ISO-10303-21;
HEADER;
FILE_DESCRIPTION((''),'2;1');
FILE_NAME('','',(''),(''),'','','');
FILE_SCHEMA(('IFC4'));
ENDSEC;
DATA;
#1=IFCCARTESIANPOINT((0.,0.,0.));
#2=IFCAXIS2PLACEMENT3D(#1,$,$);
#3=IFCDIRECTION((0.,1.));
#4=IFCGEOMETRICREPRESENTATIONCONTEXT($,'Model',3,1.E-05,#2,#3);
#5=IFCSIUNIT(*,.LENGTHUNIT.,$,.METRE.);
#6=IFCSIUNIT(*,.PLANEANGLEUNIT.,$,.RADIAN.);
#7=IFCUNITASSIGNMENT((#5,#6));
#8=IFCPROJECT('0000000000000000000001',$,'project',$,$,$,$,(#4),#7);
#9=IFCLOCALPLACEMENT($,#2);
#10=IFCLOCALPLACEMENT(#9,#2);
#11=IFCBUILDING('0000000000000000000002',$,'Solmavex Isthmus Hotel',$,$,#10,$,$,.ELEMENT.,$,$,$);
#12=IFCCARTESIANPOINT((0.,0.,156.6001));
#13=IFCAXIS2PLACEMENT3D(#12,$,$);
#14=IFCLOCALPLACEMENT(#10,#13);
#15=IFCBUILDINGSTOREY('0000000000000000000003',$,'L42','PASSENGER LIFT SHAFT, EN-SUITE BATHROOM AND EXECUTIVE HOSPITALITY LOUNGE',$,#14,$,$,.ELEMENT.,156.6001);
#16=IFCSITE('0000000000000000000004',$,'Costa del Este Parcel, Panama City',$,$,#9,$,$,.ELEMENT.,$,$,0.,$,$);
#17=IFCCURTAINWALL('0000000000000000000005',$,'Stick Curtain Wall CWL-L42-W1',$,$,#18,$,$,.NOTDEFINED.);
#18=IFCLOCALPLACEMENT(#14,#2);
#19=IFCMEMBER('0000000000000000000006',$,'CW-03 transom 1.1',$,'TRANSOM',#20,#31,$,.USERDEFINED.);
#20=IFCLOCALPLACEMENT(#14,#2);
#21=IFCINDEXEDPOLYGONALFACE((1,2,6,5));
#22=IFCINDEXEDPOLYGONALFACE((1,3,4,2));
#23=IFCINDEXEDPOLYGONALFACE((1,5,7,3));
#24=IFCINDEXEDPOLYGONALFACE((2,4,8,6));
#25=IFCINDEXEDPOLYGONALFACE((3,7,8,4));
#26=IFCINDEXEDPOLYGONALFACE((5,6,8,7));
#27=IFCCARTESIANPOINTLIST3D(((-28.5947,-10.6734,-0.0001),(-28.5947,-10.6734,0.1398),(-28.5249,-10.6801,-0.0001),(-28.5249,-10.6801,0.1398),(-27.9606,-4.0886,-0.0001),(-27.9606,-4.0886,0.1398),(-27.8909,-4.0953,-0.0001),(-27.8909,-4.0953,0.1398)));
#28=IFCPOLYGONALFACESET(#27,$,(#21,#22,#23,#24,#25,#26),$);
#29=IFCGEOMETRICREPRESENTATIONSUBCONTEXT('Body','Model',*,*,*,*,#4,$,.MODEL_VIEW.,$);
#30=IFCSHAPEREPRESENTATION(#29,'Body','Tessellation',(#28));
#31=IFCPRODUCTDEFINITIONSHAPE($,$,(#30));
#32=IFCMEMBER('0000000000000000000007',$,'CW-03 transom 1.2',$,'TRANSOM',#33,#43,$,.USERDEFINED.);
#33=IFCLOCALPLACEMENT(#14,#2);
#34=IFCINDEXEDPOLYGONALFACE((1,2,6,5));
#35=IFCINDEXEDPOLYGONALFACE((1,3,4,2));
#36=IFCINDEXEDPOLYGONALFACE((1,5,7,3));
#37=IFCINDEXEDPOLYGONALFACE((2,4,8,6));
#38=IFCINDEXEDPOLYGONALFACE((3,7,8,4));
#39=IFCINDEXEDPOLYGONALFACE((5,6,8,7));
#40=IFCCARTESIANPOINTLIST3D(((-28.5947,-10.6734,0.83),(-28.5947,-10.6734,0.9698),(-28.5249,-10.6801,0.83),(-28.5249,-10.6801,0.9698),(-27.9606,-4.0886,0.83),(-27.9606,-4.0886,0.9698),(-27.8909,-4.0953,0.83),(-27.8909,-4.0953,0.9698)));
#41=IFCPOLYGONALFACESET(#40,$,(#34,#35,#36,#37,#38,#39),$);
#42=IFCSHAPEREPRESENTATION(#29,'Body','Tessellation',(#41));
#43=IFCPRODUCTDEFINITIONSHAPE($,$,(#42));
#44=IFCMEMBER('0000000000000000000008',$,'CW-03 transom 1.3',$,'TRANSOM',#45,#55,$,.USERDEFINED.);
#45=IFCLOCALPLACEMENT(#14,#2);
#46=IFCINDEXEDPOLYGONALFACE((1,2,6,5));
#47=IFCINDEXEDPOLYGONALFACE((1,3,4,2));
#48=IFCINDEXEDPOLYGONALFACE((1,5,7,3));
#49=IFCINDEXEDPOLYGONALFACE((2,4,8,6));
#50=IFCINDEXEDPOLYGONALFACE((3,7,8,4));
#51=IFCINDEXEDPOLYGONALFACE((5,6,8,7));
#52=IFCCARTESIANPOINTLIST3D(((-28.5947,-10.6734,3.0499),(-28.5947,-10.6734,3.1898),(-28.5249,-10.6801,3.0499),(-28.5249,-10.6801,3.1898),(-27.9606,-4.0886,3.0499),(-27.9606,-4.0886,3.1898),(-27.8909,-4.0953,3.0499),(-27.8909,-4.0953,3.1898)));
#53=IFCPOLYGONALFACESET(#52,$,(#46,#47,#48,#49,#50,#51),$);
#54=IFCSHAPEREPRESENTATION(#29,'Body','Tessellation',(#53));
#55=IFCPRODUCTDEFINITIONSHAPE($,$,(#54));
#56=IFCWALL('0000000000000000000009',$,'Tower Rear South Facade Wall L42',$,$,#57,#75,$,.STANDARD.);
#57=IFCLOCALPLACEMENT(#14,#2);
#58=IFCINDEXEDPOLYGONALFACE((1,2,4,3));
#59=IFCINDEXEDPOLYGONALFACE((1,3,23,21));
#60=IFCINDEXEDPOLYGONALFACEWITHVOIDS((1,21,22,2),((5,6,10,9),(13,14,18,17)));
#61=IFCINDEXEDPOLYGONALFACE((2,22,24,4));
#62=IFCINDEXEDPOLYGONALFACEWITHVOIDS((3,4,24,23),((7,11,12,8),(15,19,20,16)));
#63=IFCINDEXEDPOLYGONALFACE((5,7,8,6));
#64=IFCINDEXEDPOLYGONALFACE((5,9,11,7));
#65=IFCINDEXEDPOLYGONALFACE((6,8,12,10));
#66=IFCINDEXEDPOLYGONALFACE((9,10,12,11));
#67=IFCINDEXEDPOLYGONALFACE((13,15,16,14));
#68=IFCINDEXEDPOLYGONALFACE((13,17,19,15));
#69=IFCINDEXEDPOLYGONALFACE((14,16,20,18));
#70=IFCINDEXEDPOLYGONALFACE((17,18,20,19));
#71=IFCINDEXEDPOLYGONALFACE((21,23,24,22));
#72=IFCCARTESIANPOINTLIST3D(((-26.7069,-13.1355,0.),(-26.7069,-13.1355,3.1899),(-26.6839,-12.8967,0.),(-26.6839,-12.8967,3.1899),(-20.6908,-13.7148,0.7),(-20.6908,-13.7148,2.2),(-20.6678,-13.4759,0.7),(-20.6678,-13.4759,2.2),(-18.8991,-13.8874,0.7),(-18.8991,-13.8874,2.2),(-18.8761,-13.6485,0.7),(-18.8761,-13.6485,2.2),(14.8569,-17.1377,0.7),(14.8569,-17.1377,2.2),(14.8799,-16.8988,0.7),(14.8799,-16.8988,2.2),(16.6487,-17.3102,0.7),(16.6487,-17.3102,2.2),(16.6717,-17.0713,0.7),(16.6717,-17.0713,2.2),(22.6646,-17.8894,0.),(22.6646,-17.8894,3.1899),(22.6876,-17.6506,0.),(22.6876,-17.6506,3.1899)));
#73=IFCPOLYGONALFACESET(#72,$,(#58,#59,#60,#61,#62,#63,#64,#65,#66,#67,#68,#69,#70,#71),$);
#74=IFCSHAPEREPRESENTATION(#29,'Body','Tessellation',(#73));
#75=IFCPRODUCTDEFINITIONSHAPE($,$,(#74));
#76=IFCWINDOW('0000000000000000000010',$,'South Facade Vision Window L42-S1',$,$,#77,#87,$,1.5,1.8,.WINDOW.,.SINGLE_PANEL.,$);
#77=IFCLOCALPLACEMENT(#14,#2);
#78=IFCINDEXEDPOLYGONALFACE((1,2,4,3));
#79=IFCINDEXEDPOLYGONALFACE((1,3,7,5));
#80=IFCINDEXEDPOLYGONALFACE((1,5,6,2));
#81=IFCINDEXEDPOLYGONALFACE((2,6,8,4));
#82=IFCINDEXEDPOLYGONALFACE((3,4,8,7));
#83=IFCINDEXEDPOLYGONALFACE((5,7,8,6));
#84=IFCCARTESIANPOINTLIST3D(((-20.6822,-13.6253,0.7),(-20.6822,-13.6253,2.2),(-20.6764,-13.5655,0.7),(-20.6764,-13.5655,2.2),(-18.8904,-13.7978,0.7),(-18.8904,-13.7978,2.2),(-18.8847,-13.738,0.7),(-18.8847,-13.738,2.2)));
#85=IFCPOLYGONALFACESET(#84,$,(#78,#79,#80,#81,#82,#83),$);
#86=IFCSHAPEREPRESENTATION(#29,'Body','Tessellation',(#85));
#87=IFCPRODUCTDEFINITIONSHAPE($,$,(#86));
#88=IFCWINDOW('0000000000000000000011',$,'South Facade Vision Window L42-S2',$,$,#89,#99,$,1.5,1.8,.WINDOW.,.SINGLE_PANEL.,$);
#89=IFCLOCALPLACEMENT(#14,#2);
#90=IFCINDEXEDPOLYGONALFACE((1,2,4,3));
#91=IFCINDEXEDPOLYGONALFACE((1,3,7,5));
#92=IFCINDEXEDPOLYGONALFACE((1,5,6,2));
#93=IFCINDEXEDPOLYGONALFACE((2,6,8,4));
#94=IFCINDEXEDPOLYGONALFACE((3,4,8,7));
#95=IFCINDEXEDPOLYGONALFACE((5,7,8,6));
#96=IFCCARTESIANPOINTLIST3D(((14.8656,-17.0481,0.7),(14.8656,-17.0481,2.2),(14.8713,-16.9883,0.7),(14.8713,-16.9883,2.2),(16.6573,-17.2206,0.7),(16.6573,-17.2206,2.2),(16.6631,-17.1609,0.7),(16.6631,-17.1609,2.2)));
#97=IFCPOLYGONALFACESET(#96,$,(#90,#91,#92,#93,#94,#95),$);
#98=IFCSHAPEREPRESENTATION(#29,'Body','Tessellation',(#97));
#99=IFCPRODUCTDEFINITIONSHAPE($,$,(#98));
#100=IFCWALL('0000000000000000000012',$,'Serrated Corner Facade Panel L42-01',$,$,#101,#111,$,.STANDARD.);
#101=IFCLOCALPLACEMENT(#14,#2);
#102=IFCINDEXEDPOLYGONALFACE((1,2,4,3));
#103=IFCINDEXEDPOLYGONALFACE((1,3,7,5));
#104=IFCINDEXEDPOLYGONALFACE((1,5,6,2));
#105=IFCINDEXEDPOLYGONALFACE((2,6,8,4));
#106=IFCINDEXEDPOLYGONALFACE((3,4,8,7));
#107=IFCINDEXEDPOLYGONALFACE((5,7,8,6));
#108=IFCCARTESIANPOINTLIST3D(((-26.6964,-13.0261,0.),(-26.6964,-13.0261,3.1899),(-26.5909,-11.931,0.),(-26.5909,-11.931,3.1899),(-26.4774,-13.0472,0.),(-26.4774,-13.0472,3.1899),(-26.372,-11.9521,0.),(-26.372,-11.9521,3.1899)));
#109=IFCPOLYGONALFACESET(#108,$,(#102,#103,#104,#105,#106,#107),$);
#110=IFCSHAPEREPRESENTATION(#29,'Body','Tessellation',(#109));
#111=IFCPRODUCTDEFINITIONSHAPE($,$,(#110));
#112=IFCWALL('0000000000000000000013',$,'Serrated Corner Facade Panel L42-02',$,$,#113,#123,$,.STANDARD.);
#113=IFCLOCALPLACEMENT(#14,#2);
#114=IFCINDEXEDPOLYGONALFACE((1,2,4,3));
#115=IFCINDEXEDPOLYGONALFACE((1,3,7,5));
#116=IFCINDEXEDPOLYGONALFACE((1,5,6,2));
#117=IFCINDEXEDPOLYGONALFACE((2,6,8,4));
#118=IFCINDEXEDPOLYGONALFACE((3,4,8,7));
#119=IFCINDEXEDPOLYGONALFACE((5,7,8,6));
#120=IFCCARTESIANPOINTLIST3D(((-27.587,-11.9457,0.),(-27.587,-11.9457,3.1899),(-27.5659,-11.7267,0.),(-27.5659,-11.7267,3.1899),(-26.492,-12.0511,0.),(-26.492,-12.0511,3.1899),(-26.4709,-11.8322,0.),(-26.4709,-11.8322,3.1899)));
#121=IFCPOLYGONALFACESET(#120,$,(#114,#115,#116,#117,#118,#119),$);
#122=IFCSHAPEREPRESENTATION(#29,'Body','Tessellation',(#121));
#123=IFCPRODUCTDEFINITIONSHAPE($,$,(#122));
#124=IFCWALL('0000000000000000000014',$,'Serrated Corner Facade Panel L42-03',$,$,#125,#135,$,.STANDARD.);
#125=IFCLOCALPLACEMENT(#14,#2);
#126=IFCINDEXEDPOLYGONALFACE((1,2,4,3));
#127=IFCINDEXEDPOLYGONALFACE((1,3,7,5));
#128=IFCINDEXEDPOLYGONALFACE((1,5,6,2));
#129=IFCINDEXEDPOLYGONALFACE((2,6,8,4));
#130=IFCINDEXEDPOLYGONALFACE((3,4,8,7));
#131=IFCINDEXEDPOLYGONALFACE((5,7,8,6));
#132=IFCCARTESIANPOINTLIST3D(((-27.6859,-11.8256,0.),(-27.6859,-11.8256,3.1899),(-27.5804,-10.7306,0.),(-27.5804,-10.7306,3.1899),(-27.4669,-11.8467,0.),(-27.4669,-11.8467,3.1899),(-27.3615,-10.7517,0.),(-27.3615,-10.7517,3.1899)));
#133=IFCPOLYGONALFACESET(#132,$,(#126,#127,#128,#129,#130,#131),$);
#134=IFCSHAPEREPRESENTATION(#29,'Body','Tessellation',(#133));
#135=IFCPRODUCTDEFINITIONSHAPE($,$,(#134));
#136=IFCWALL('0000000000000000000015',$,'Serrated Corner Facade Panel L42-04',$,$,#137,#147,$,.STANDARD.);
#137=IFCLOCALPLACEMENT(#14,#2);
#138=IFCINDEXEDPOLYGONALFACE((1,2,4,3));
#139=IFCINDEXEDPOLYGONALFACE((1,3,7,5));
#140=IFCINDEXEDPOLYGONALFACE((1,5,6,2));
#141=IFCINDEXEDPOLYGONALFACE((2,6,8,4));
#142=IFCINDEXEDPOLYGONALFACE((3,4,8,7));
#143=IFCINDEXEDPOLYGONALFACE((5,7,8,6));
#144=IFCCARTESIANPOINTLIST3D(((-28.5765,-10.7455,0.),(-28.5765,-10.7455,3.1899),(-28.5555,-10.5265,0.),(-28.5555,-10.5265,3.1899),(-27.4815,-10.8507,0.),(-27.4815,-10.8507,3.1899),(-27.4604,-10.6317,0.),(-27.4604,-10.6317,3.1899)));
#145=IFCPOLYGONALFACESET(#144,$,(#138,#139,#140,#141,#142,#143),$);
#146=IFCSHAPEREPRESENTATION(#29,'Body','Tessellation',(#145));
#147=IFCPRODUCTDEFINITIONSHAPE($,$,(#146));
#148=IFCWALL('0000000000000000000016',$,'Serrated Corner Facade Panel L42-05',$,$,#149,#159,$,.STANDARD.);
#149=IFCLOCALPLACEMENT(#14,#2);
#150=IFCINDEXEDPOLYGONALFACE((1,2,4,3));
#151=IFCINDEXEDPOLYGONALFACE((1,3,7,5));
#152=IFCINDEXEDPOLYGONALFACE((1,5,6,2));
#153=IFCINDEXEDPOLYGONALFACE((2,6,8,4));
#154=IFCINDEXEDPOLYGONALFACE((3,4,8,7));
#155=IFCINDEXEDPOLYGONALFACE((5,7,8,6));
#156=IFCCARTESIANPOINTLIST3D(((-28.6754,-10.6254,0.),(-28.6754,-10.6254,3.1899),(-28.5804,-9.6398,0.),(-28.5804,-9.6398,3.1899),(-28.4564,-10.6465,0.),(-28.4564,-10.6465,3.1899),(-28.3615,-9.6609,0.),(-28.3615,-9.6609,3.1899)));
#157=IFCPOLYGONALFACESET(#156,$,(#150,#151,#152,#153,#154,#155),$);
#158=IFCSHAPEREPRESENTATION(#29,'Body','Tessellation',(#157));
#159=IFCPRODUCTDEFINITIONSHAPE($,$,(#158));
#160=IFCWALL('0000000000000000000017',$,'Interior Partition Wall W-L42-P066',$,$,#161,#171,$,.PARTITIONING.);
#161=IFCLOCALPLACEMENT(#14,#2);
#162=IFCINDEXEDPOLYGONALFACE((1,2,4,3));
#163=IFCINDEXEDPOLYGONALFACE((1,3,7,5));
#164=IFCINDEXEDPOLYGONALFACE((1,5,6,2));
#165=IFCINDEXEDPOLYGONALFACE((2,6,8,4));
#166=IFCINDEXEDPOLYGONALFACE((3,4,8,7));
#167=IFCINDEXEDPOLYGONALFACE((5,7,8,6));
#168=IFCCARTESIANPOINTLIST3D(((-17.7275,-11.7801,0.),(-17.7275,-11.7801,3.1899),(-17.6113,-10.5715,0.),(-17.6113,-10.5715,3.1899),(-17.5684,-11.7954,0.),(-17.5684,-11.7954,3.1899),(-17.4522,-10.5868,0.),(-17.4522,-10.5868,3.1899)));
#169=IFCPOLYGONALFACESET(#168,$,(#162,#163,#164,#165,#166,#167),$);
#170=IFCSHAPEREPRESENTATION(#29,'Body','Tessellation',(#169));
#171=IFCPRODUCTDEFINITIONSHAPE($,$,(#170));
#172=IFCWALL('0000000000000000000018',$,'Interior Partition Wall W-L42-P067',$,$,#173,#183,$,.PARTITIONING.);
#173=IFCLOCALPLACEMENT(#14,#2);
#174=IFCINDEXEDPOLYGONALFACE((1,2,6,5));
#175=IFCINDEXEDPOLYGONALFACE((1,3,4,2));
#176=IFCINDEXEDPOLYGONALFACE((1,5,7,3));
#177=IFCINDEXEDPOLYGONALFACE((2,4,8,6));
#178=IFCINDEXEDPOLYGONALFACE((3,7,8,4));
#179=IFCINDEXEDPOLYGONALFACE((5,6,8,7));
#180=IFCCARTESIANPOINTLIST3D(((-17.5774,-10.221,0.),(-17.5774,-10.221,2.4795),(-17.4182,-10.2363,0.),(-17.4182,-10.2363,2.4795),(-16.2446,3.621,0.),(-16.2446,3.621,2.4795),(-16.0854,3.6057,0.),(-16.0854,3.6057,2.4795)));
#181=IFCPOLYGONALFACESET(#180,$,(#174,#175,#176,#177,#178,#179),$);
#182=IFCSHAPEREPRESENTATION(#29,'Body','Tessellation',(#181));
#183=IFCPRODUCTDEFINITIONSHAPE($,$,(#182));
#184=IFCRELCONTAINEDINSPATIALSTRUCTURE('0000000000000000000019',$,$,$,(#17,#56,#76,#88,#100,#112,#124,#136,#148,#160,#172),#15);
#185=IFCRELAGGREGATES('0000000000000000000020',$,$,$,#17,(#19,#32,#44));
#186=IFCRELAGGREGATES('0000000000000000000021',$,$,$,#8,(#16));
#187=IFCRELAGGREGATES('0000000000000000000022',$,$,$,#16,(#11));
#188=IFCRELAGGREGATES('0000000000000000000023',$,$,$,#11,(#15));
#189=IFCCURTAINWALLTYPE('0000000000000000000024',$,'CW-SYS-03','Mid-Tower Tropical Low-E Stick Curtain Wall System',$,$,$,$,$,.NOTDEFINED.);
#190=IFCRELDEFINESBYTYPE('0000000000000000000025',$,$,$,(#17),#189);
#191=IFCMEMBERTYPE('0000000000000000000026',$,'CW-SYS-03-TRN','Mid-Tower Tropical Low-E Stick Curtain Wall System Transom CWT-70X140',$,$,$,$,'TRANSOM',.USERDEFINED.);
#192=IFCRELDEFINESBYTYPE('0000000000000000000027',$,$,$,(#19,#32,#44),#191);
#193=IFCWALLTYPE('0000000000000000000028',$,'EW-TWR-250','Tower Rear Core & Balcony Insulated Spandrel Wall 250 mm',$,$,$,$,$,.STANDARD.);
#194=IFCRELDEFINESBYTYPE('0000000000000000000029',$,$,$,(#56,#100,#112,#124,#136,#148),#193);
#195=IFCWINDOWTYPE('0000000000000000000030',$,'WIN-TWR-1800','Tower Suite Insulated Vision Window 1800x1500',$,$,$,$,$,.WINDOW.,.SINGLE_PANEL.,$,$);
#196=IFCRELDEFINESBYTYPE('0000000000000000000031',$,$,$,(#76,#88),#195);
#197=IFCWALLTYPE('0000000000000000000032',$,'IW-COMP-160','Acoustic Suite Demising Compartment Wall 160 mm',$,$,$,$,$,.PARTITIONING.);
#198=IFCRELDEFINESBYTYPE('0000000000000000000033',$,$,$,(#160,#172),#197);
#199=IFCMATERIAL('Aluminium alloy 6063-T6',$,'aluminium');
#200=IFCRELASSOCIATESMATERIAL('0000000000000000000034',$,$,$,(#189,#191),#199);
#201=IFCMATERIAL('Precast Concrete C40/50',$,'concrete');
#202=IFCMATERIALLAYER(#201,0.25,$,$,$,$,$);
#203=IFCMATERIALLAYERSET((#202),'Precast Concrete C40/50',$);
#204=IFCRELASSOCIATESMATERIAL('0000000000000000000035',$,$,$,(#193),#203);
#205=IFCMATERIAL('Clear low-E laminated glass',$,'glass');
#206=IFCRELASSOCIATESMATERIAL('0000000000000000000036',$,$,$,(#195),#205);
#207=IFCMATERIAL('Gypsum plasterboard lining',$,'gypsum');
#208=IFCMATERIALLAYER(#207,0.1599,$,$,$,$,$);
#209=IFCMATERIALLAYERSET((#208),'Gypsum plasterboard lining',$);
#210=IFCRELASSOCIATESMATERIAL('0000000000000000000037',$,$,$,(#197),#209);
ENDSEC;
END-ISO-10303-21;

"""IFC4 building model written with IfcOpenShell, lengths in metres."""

from ifc_helpers import new_model, si_unit, direction, frame, frame_2d, origin, origin_2d, place, context, subcontext, project, spatial, rectangle, extrude, material, layer, layer_set, material_profile, profile_set, type_object, element, fill, aggregate, save


model = new_model("IFC4")

# Units and contexts
model_context = context("Model", 3, precision=1e-05, world=origin(), true_north=direction((0.0, 1.0)))
body_context = subcontext(model_context, "Body", "Model", "MODEL_VIEW")
ifc_project = project(units=[si_unit("LENGTHUNIT", "METRE"), si_unit("PLANEANGLEUNIT", "RADIAN")], contexts=[model_context])

# Site, building, storey
site_placement = place(None, origin())
site = spatial("IfcSite", under=ifc_project, at=site_placement, Name="Costa del Este Parcel, Panama City", CompositionType="ELEMENT", RefElevation=0.0)
building_placement = place(site_placement, origin())
building = spatial("IfcBuilding", under=site, at=building_placement, Name="Solmavex Isthmus Hotel", CompositionType="ELEMENT")
storey_placement = place(building_placement, frame((0.0, 0.0, 156.6001)))
storey = spatial("IfcBuildingStorey", under=building, at=storey_placement, Name="L42", Description="PASSENGER LIFT SHAFT, EN-SUITE BATHROOM AND EXECUTIVE HOSPITALITY LOUNGE", CompositionType="ELEMENT", Elevation=156.6001)

# Curtain wall, members
ifc_material_1 = material(Name="Aluminium alloy 6063-T6", Category="aluminium")
curtain_wall_type = type_object("IfcCurtainWallType", Name="CW-SYS-03", Description="Mid-Tower Tropical Low-E Stick Curtain Wall System", PredefinedType="NOTDEFINED", material=ifc_material_1)
curtain_wall_placement = place(storey_placement, origin())
curtain_wall = element("IfcCurtainWall", 1, at=curtain_wall_placement, inside=storey, type_object=curtain_wall_type, Name="Stick Curtain Wall CWL-L42-W1", PredefinedType="NOTDEFINED")
ifc_material_profile_1 = material_profile(ifc_material_1, rectangle(XDim=0.0701, YDim=0.1399, at=origin_2d()), Name="CWT-70X140")
ifc_profile_set_1 = profile_set([ifc_material_profile_1], Name="Aluminium alloy 6063-T6")
member_type_1 = type_object("IfcMemberType", Name="CW-SYS-03-TRN", Description="Mid-Tower Tropical Low-E Stick Curtain Wall System Transom CWT-70X140", ElementType="TRANSOM", PredefinedType="USERDEFINED", material=ifc_profile_set_1)
member_1_placement = place(storey_placement, frame((-28.5598, -10.6768, 0.0698), z_axis=(0.095845, 0.995396, 0.0), x_axis=(-0.995396, 0.095845, 0.0)))
member_1 = element("IfcMember", 2, at=member_1_placement, type_object=member_type_1, Name="CW-03 transom 1.1", ObjectType="TRANSOM", PredefinedType="USERDEFINED", context=body_context, shape_type="SweptSolid", body=[
    extrude(rectangle(XDim=0.0701, YDim=0.1399, at=origin_2d()), origin(), (0.0, 0.0, 1.0), 6.6152),
])
member_2_placement = place(storey_placement, frame((-28.5598, -10.6768, 0.8999), z_axis=(0.095845, 0.995396, 0.0), x_axis=(-0.995396, 0.095845, 0.0)))
member_2 = element("IfcMember", 3, at=member_2_placement, type_object=member_type_1, Name="CW-03 transom 1.2", ObjectType="TRANSOM", PredefinedType="USERDEFINED", context=body_context, shape_type="SweptSolid", body=[
    extrude(rectangle(XDim=0.0701, YDim=0.1399, at=origin_2d()), origin(), (0.0, 0.0, 1.0), 6.6152),
])
member_3_placement = place(storey_placement, frame((-28.5598, -10.6768, 3.1199), z_axis=(0.095845, 0.995396, 0.0), x_axis=(-0.995396, 0.095845, 0.0)))
member_3 = element("IfcMember", 4, at=member_3_placement, type_object=member_type_1, Name="CW-03 transom 1.3", ObjectType="TRANSOM", PredefinedType="USERDEFINED", context=body_context, shape_type="SweptSolid", body=[
    extrude(rectangle(XDim=0.0701, YDim=0.1399, at=origin_2d()), origin(), (0.0, 0.0, 1.0), 6.6152),
])
aggregate(curtain_wall, [member_1, member_2, member_3])

# Wall, openings, windows
ifc_material_2 = material(Name="Precast Concrete C40/50", Category="concrete")
ifc_layer_1 = layer(ifc_material_2, 0.25)
ifc_layer_set_1 = layer_set([ifc_layer_1], Name="Precast Concrete C40/50")
wall_type_1 = type_object("IfcWallType", Name="EW-TWR-250", Description="Tower Rear Core & Balcony Insulated Spandrel Wall 250 mm", PredefinedType="STANDARD", material=ifc_layer_set_1)
wall_1_placement = place(storey_placement, frame((-26.6953, -13.0161, 0.0), z_axis=(0.0, 0.0, 1.0), x_axis=(0.995396, -0.095845, 0.0)))
wall_1 = element("IfcWall", 5, at=wall_1_placement, inside=storey, type_object=wall_type_1, Name="Tower Rear South Facade Wall L42", PredefinedType="STANDARD", context=body_context, shape_type="SweptSolid", body=[
    extrude(rectangle(XDim=49.5999, YDim=0.24, at=frame_2d((24.7998, 0.0))), origin(), (0.0, 0.0, 1.0), 3.1899),
])
opening_1_placement = place(wall_1_placement, frame((6.0439, 0.0, 0.7)))
opening_1 = element("IfcOpeningElement", 6, at=opening_1_placement, cuts=wall_1, PredefinedType="OPENING", context=body_context, shape_type="SweptSolid", body=[
    extrude(rectangle(XDim=1.8, YDim=1.5, at=frame_2d((0.8999, 0.75))), frame((0.0, 0.1299, 0.0), z_axis=(0.0, -1.0, 0.0), x_axis=(1.0, 0.0, 0.0)), (0.0, 0.0, 1.0), 0.26),
])
opening_2_placement = place(wall_1_placement, frame((41.7561, 0.0, 0.7)))
opening_2 = element("IfcOpeningElement", 7, at=opening_2_placement, cuts=wall_1, PredefinedType="OPENING", context=body_context, shape_type="SweptSolid", body=[
    extrude(rectangle(XDim=1.8, YDim=1.5, at=frame_2d((0.8999, 0.75))), frame((0.0, 0.1299, 0.0), z_axis=(0.0, -1.0, 0.0), x_axis=(1.0, 0.0, 0.0)), (0.0, 0.0, 1.0), 0.26),
])
ifc_material_3 = material(Name="Clear low-E laminated glass", Category="glass")
window_type = type_object("IfcWindowType", Name="WIN-TWR-1800", Description="Tower Suite Insulated Vision Window 1800x1500", PartitioningType="SINGLE_PANEL", PredefinedType="WINDOW", material=ifc_material_3)
window_1_placement = place(opening_1_placement, origin())
window_1 = element("IfcWindow", 8, at=window_1_placement, inside=storey, type_object=window_type, Name="South Facade Vision Window L42-S1", OverallHeight=1.5, OverallWidth=1.8, PartitioningType="SINGLE_PANEL", PredefinedType="WINDOW", context=body_context, shape_type="SweptSolid", body=[
    extrude(rectangle(XDim=1.8, YDim=1.5, at=frame_2d((0.8999, 0.75))), frame((0.0, 0.03, 0.0), z_axis=(0.0, -1.0, 0.0), x_axis=(1.0, 0.0, 0.0)), (0.0, 0.0, 1.0), 0.0601),
])
fill(opening_1, window_1)
window_2_placement = place(opening_2_placement, origin())
window_2 = element("IfcWindow", 9, at=window_2_placement, inside=storey, type_object=window_type, Name="South Facade Vision Window L42-S2", OverallHeight=1.5, OverallWidth=1.8, PartitioningType="SINGLE_PANEL", PredefinedType="WINDOW", context=body_context, shape_type="SweptSolid", body=[
    extrude(rectangle(XDim=1.8, YDim=1.5, at=frame_2d((0.8999, 0.75))), frame((0.0, 0.03, 0.0), z_axis=(0.0, -1.0, 0.0), x_axis=(1.0, 0.0, 0.0)), (0.0, 0.0, 1.0), 0.0601),
])
fill(opening_2, window_2)

# Walls
for number, where, z_axis, x_axis, name in (
    (10, (-26.5869, -13.0366, 0.0), (0.0, 0.0, 1.0), (0.095877, 0.995393, 0.0), "Serrated Corner Facade Panel L42-01"),
    (11, (-26.4814, -11.9417, 0.0), (0.0, 0.0, 1.0), (-0.995393, 0.095877, 0.0), "Serrated Corner Facade Panel L42-02"),
    (12, (-27.5764, -11.8362, 0.0), (0.0, 0.0, 1.0), (0.095877, 0.995393, 0.0), "Serrated Corner Facade Panel L42-03"),
    (13, (-27.4709, -10.7412, 0.0), (0.0, 0.0, 1.0), (-0.995414, 0.095657, 0.0), "Serrated Corner Facade Panel L42-04"),
):
    element("IfcWall", number, at=place(storey_placement, frame(where, z_axis=z_axis, x_axis=x_axis)), inside=storey, type_object=wall_type_1, Name=name, PredefinedType="STANDARD", context=body_context, shape_type="SweptSolid", body=[
        extrude(rectangle(XDim=1.1001, YDim=0.22, at=frame_2d((0.55, 0.0))), origin(), (0.0, 0.0, 1.0), 3.1899),
    ])
wall_2_placement = place(storey_placement, frame((-28.5659, -10.636, 0.0), z_axis=(0.0, 0.0, 1.0), x_axis=(0.095914, 0.99539, 0.0)))
element("IfcWall", 14, at=wall_2_placement, inside=storey, type_object=wall_type_1, Name="Serrated Corner Facade Panel L42-05", PredefinedType="STANDARD", context=body_context, shape_type="SweptSolid", body=[
    extrude(rectangle(XDim=0.9902, YDim=0.22, at=frame_2d((0.4951, 0.0))), origin(), (0.0, 0.0, 1.0), 3.1899),
])
ifc_material_4 = material(Name="Gypsum plasterboard lining", Category="gypsum")
ifc_layer_2 = layer(ifc_material_4, 0.1599)
ifc_layer_set_2 = layer_set([ifc_layer_2], Name="Gypsum plasterboard lining")
wall_type_2 = type_object("IfcWallType", Name="IW-COMP-160", Description="Acoustic Suite Demising Compartment Wall 160 mm", PredefinedType="PARTITIONING", material=ifc_layer_set_2)
wall_3_placement = place(storey_placement, frame((-17.6479, -11.7876, 0.0), z_axis=(0.0, 0.0, 1.0), x_axis=(0.09572, 0.995408, 0.0)))
element("IfcWall", 15, at=wall_3_placement, inside=storey, type_object=wall_type_2, Name="Interior Partition Wall W-L42-P066", PredefinedType="PARTITIONING", context=body_context, shape_type="SweptSolid", body=[
    extrude(rectangle(XDim=1.2141, YDim=0.1599, at=frame_2d((0.6069, 0.0))), origin(), (0.0, 0.0, 1.0), 3.1899),
])
wall_4_placement = place(storey_placement, frame((-17.4978, -10.2288, 0.0), z_axis=(0.0, 0.0, 1.0), x_axis=(0.095841, 0.995397, 0.0)))
element("IfcWall", 16, at=wall_4_placement, inside=storey, type_object=wall_type_2, Name="Interior Partition Wall W-L42-P067", PredefinedType="PARTITIONING", context=body_context, shape_type="SweptSolid", body=[
    extrude(rectangle(XDim=13.906, YDim=0.1599, at=frame_2d((6.9531, 0.0))), origin(), (0.0, 0.0, 1.0), 2.4795),
])

save(model, "model.ifc")
